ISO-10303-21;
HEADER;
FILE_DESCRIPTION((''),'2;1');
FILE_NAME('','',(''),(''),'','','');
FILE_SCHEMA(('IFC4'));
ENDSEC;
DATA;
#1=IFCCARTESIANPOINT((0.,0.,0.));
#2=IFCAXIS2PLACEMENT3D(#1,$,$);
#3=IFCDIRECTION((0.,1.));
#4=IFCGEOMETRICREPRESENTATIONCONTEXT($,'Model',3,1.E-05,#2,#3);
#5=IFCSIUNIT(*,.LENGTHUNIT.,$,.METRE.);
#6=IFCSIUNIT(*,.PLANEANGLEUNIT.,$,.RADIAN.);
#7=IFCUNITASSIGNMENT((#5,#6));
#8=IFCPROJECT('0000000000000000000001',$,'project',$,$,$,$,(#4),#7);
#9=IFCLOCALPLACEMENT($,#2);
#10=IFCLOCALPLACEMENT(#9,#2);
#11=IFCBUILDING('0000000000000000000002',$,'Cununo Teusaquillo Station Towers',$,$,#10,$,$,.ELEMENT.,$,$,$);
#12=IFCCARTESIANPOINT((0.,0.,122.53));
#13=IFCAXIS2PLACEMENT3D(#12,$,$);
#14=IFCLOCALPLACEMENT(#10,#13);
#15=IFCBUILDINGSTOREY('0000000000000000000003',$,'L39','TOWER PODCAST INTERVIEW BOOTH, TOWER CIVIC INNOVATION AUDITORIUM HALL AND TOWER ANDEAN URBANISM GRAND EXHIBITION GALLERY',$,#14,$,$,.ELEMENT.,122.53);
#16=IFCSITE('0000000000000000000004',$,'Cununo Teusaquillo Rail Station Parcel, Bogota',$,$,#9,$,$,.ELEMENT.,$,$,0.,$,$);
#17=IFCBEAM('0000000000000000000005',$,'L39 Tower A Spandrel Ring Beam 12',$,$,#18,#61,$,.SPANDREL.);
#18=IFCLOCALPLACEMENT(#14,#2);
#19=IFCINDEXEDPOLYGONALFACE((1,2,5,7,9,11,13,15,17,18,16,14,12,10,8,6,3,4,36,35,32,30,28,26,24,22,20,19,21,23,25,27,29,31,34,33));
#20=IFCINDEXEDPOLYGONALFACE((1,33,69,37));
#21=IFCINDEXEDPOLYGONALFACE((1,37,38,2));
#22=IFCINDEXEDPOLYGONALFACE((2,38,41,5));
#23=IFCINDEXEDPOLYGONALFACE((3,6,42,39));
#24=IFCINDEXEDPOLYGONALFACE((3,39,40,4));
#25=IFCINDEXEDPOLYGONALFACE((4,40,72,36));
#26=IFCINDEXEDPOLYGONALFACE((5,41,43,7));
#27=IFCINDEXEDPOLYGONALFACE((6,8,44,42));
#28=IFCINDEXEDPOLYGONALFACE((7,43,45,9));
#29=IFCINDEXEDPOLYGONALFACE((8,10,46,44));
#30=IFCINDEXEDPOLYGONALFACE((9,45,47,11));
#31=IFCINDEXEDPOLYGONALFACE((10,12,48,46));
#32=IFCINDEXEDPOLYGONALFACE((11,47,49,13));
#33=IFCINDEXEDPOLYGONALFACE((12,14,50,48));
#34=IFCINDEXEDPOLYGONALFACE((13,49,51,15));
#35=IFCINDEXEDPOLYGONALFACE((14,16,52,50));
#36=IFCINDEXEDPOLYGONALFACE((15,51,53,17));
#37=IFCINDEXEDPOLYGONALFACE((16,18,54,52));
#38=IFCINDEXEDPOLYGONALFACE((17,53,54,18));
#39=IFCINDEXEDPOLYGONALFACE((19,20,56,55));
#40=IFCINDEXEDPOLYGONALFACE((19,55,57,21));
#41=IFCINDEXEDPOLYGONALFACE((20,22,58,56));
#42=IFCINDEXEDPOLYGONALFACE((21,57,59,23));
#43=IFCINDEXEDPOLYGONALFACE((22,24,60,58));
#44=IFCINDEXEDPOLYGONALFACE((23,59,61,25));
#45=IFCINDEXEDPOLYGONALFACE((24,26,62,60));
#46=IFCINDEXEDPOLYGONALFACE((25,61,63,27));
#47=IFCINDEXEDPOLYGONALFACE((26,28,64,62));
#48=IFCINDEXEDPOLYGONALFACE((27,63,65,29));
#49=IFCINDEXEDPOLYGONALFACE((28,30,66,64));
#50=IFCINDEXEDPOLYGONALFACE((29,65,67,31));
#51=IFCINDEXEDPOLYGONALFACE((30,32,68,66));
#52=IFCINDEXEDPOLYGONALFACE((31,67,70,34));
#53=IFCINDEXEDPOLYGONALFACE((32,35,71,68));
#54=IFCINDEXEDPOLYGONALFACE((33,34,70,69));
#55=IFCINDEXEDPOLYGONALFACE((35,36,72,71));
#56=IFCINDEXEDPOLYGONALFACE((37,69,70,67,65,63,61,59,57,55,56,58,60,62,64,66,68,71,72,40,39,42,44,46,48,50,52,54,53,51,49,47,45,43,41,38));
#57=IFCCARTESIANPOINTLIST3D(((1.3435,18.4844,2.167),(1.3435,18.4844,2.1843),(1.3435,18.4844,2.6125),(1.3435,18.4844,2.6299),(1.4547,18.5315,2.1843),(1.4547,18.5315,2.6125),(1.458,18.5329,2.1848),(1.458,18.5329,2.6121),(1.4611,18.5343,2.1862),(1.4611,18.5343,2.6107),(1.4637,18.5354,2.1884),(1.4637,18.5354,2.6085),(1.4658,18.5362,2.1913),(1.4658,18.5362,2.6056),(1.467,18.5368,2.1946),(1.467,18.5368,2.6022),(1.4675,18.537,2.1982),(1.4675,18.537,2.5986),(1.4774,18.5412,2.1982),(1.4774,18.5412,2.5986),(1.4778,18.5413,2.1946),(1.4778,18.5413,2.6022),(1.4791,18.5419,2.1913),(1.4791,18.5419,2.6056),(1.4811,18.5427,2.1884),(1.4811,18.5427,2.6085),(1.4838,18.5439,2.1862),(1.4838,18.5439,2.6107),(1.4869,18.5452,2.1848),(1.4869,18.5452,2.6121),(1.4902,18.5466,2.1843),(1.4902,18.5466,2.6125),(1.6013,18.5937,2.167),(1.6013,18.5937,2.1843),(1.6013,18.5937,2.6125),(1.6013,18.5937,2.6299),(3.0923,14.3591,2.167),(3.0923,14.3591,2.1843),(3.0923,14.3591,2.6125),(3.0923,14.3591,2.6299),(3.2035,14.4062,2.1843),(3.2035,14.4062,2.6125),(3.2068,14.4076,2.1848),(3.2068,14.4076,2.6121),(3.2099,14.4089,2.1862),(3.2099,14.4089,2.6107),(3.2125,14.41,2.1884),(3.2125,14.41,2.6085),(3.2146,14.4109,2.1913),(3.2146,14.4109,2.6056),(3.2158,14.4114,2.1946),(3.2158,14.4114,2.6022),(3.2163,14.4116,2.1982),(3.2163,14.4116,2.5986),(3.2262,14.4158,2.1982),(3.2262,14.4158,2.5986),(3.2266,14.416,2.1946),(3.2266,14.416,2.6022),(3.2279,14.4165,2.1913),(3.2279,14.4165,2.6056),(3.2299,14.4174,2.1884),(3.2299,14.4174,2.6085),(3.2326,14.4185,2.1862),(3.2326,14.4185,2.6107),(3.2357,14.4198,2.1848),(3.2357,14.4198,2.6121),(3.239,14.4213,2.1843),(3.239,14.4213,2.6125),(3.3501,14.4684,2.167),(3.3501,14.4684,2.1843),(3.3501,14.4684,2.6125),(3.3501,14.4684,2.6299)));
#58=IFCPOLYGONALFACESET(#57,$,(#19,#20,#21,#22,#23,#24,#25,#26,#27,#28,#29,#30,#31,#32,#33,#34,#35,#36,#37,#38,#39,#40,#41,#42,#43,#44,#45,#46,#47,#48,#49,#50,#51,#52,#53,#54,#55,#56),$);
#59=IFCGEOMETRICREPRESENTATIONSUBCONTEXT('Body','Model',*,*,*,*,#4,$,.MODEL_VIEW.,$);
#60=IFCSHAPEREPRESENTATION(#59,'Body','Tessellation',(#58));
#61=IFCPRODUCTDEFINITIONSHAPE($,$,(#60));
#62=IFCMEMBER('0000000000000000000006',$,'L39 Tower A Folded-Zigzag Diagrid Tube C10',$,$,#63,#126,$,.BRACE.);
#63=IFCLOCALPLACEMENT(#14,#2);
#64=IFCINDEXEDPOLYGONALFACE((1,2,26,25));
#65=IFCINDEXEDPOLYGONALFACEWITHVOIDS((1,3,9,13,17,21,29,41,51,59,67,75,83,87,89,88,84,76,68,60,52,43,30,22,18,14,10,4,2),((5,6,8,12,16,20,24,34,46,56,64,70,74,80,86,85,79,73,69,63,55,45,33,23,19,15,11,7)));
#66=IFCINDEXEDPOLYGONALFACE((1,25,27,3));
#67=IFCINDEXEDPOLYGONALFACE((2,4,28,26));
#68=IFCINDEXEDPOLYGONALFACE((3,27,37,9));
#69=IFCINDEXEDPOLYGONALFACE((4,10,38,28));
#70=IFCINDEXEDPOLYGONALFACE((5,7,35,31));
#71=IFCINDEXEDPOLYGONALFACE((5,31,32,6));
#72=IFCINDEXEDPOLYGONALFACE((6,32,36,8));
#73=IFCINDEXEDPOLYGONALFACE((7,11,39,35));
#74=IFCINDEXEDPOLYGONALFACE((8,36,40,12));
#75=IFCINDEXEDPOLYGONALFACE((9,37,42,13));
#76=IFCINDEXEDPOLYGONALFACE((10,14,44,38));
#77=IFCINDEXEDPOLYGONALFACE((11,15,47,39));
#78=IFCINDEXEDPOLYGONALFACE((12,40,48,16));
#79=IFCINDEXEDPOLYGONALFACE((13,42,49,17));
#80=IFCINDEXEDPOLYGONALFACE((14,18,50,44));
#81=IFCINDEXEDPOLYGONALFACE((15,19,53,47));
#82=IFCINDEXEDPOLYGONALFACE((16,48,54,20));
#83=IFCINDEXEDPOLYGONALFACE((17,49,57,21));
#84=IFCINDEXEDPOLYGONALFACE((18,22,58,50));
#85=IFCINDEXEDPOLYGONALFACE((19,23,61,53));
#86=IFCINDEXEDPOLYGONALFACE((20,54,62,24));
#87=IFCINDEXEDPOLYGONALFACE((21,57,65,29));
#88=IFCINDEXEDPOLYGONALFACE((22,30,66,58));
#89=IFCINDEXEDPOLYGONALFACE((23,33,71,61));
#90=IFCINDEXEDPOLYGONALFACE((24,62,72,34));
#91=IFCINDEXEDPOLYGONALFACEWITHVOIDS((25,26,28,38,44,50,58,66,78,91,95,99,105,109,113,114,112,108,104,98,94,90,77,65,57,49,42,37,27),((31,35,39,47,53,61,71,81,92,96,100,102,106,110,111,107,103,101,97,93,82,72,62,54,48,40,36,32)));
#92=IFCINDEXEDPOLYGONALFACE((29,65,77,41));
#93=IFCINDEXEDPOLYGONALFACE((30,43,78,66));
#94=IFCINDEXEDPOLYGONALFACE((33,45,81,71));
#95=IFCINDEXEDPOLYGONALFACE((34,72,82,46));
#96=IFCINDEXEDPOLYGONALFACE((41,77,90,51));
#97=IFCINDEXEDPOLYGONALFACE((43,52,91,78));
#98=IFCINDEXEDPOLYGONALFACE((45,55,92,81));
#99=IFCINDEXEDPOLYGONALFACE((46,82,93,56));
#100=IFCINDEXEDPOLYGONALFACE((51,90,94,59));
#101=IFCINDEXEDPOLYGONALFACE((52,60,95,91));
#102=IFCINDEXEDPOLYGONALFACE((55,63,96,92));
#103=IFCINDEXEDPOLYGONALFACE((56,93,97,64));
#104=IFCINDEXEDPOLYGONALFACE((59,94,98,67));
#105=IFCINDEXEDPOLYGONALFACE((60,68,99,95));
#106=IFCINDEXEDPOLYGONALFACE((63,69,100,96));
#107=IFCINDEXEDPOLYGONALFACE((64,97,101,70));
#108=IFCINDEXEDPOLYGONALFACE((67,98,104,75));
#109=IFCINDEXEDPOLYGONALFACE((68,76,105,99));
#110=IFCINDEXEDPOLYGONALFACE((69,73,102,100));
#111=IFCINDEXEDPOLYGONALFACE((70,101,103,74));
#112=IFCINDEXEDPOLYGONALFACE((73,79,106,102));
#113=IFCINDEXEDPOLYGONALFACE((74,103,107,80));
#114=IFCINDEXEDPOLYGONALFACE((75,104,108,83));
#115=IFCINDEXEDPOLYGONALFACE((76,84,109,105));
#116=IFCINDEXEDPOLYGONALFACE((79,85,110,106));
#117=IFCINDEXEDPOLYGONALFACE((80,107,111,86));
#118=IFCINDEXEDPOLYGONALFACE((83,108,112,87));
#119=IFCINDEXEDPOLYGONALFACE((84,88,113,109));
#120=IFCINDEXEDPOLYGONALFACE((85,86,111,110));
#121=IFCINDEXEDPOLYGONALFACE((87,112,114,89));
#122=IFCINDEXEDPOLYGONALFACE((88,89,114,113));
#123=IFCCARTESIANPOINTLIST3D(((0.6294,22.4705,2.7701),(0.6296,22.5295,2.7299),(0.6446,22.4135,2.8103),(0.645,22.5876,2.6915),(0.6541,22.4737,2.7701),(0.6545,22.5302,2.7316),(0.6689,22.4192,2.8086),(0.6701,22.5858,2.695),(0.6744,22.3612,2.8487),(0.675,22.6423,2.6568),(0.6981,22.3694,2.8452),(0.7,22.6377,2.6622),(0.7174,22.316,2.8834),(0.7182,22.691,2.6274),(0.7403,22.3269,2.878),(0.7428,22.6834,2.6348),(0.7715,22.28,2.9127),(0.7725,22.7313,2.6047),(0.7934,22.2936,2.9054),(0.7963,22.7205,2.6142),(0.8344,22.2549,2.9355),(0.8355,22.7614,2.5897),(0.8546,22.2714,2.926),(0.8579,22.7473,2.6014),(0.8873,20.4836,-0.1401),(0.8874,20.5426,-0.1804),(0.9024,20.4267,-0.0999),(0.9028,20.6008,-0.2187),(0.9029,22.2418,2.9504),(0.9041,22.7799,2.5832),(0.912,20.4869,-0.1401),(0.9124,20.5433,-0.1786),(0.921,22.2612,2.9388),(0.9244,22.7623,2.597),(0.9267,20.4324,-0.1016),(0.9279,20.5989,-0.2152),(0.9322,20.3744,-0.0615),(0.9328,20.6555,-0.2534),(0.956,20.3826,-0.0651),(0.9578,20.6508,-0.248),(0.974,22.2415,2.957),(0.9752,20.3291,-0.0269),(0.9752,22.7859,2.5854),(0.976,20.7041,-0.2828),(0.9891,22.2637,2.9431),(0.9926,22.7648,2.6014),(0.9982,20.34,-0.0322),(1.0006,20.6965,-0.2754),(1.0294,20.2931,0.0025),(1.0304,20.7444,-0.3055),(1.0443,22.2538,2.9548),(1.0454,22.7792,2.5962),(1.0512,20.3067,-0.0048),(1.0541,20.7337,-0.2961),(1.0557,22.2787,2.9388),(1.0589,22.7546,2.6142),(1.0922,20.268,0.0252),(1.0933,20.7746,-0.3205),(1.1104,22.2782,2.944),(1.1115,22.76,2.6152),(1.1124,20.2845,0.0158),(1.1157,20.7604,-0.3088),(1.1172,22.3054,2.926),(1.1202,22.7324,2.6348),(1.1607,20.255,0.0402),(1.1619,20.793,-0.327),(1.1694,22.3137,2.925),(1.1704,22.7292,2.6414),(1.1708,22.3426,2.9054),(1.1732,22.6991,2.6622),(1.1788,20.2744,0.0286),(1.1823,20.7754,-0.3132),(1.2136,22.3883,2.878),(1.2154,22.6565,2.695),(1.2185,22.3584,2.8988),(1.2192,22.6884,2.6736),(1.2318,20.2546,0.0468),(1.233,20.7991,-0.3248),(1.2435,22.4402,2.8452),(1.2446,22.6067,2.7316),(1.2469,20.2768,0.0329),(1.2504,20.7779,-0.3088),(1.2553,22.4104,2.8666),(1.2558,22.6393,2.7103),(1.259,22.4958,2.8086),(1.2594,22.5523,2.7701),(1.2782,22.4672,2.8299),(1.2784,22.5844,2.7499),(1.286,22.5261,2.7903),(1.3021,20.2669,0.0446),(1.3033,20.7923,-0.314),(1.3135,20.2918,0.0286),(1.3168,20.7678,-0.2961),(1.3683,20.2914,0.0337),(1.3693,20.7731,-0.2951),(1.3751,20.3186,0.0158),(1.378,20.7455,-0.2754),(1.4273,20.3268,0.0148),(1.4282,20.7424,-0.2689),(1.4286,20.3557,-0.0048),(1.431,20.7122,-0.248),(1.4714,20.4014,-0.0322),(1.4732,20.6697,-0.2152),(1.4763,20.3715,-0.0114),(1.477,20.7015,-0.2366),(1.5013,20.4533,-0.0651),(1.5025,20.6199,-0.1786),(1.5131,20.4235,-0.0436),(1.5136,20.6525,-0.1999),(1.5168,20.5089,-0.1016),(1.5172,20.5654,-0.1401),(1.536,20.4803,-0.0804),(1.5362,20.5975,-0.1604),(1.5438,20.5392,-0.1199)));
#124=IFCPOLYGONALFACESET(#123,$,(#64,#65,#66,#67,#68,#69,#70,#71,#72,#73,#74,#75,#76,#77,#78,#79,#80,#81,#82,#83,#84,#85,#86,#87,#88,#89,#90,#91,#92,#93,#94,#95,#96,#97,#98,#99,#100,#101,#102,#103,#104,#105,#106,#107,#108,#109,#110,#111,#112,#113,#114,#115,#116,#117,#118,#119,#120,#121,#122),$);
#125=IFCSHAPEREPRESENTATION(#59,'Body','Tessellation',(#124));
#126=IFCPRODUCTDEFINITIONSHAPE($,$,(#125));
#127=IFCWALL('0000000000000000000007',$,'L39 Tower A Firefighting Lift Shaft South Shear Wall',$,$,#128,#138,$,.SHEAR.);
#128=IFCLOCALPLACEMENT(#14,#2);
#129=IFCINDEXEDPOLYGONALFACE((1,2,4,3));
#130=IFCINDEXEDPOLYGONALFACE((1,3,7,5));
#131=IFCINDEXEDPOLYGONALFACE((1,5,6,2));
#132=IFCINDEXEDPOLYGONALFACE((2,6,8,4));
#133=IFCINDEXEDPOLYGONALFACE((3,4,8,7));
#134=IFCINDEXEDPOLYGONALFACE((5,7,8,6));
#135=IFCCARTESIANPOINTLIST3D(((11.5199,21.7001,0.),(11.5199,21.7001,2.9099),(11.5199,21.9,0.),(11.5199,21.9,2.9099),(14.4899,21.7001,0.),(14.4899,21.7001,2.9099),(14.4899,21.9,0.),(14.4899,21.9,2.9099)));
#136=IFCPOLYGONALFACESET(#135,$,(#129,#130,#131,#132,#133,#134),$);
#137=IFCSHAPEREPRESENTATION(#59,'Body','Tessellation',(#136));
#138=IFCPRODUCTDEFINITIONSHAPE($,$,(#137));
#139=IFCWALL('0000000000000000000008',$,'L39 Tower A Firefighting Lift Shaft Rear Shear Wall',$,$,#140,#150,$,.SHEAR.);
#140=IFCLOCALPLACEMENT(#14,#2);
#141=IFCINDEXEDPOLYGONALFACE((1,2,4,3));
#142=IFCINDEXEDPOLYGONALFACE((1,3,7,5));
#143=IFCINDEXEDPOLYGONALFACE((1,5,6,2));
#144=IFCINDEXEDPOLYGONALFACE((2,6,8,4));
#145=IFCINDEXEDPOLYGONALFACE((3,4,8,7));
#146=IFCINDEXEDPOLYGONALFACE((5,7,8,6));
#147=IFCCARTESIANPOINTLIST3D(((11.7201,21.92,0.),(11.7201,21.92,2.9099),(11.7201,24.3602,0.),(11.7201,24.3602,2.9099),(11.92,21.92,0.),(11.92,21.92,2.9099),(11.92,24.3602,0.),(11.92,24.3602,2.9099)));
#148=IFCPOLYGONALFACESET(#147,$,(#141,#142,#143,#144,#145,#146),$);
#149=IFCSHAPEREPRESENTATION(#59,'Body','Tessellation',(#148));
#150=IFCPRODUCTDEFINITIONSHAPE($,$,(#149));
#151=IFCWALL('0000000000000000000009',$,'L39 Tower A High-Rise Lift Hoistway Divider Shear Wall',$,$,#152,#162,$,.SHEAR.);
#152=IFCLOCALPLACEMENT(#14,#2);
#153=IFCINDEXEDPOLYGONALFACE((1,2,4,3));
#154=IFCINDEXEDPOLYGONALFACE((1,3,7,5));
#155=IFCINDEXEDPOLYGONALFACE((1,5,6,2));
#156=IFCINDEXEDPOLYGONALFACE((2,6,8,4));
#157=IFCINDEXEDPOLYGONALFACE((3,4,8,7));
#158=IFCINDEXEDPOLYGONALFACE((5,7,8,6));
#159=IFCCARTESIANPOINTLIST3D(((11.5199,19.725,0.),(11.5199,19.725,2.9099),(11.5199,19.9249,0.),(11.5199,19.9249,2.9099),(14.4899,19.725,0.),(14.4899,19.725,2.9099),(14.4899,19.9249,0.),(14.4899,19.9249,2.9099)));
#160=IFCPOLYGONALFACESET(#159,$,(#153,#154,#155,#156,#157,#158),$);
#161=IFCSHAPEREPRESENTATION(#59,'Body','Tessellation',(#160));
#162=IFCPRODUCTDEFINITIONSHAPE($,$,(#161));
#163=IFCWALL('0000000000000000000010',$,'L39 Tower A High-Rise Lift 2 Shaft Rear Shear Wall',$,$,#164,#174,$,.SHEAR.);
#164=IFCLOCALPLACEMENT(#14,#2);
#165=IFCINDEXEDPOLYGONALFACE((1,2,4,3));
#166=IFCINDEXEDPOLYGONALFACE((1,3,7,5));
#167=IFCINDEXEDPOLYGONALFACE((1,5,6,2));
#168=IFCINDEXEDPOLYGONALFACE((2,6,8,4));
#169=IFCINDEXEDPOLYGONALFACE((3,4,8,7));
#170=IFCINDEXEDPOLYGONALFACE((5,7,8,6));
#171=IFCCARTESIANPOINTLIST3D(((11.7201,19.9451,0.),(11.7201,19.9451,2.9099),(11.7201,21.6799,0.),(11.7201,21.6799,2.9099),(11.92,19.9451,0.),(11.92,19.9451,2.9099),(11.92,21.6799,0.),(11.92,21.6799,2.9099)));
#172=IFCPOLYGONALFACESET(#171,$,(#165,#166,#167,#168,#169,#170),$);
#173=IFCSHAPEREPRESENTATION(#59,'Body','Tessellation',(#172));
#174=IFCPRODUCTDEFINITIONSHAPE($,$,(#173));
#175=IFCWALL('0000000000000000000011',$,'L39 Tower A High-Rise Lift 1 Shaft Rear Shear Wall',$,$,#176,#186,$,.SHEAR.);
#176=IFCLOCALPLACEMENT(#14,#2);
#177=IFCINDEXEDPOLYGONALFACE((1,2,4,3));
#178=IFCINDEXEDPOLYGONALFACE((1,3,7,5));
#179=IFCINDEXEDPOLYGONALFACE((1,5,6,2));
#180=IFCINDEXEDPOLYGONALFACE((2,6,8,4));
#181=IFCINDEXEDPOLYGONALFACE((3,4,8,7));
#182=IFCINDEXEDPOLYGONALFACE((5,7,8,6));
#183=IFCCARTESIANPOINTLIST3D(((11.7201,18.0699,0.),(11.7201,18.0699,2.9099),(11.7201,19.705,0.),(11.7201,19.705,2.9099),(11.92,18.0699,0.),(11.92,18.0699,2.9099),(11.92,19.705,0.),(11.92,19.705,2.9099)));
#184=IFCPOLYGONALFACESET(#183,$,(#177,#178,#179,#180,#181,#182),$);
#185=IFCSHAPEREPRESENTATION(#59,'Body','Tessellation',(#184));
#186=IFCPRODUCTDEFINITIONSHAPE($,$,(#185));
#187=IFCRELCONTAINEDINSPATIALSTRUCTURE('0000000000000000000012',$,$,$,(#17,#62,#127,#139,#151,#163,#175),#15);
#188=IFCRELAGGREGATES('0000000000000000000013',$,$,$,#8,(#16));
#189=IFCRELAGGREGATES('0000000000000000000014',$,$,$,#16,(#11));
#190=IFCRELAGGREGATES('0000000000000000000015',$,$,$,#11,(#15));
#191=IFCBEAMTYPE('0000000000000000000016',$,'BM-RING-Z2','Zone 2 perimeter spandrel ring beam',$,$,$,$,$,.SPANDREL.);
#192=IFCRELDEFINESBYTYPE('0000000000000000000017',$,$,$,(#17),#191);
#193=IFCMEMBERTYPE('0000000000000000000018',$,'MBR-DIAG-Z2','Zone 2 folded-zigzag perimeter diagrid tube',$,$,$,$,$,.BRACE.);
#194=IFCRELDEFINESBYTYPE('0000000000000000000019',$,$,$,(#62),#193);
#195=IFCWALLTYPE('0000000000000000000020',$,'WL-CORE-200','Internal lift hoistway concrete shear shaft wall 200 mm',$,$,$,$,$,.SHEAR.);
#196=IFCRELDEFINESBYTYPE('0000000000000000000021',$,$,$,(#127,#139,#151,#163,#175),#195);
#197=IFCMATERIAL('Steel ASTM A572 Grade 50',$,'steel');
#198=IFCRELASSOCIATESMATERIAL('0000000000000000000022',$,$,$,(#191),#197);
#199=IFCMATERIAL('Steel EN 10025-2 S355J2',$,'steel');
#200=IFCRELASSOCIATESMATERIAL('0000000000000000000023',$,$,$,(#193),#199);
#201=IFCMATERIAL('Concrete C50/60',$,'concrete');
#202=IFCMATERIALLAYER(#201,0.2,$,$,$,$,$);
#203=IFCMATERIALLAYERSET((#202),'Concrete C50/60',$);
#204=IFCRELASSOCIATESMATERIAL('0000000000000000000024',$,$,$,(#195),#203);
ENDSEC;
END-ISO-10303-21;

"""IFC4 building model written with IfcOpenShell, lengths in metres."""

from ifc_helpers import new_model, si_unit, direction, frame, frame_2d, origin, origin_2d, place, context, subcontext, project, spatial, rectangle, hollow_circle, i_section, extrude, material, layer, layer_set, material_profile, profile_set, type_object, element, save


model = new_model("IFC4")

# Units and contexts
model_context = context("Model", 3, precision=1e-05, world=origin(), true_north=direction((0.0, 1.0)))
body_context = subcontext(model_context, "Body", "Model", "MODEL_VIEW")
ifc_project = project(units=[si_unit("LENGTHUNIT", "METRE"), si_unit("PLANEANGLEUNIT", "RADIAN")], contexts=[model_context])

# Site, building, storey
site_placement = place(None, origin())
site = spatial("IfcSite", under=ifc_project, at=site_placement, Name="Cununo Teusaquillo Rail Station Parcel, Bogota", CompositionType="ELEMENT", RefElevation=0.0)
building_placement = place(site_placement, origin())
building = spatial("IfcBuilding", under=site, at=building_placement, Name="Cununo Teusaquillo Station Towers", CompositionType="ELEMENT")
storey_placement = place(building_placement, frame((0.0, 0.0, 122.53)))
storey = spatial("IfcBuildingStorey", under=building, at=storey_placement, Name="L39", Description="TOWER PODCAST INTERVIEW BOOTH, TOWER CIVIC INNOVATION AUDITORIUM HALL AND TOWER ANDEAN URBANISM GRAND EXHIBITION GALLERY", CompositionType="ELEMENT", Elevation=122.53)

# Beam
ifc_material_1 = material(Name="Steel ASTM A572 Grade 50", Category="steel")
ifc_material_profile_1 = material_profile(ifc_material_1, i_section(OverallWidth=0.28, OverallDepth=0.4629, WebThickness=0.0107, FlangeThickness=0.0173, FilletRadius=0.0139, at=origin_2d()), Name="W18X76")
ifc_profile_set_1 = profile_set([ifc_material_profile_1], Name="Steel ASTM A572 Grade 50")
beam_type_1 = type_object("IfcBeamType", Name="BM-RING-Z2", Description="Zone 2 perimeter spandrel ring beam", PredefinedType="SPANDREL", material=ifc_profile_set_1)
beam_1_placement = place(storey_placement, frame((1.4724, 18.5391, 2.3984), z_axis=(0.390299, -0.920688, 0.0), x_axis=(0.920688, 0.390299, 0.0)))
element("IfcBeam", 1, at=beam_1_placement, inside=storey, type_object=beam_type_1, Name="L39 Tower A Spandrel Ring Beam 12", PredefinedType="SPANDREL", context=body_context, shape_type="SweptSolid", body=[
    extrude(i_section(OverallWidth=0.28, OverallDepth=0.4629, WebThickness=0.0107, FlangeThickness=0.0173, FilletRadius=0.0139, at=origin_2d()), origin(), (0.0, 0.0, 1.0), 4.4807),
])

# Member
ifc_material_2 = material(Name="Steel EN 10025-2 S355J2", Category="steel")
ifc_material_profile_2 = material_profile(ifc_material_2, hollow_circle(Radius=0.3301, WallThickness=0.0249, at=origin_2d()), Name="CHS 660x25")
ifc_profile_set_2 = profile_set([ifc_material_profile_2], Name="Steel EN 10025-2 S355J2")
member_type = type_object("IfcMemberType", Name="MBR-DIAG-Z2", Description="Zone 2 folded-zigzag perimeter diagrid tube", PredefinedType="BRACE", material=ifc_profile_set_2)
member_placement = place(storey_placement, frame((1.2146, 20.5261, -0.1401), z_axis=(-0.07297, 0.562341, 0.82368), x_axis=(-0.991686, -0.128683, 0.0)))
element("IfcMember", 2, at=member_placement, inside=storey, type_object=member_type, Name="L39 Tower A Folded-Zigzag Diagrid Tube C10", PredefinedType="BRACE", context=body_context, shape_type="SweptSolid", body=[
    extrude(hollow_circle(Radius=0.3301, WallThickness=0.0249, at=origin_2d()), origin(), (0.0, 0.0, 1.0), 3.5332),
])

# Walls
ifc_material_3 = material(Name="Concrete C50/60", Category="concrete")
ifc_layer_1 = layer(ifc_material_3, 0.2)
ifc_layer_set_1 = layer_set([ifc_layer_1], Name="Concrete C50/60")
wall_type_1 = type_object("IfcWallType", Name="WL-CORE-200", Description="Internal lift hoistway concrete shear shaft wall 200 mm", PredefinedType="SHEAR", material=ifc_layer_set_1)
wall_1_placement = place(storey_placement, frame((11.52, 21.8, 0.0), z_axis=(0.0, 0.0, 1.0), x_axis=(1.0, 0.0, 0.0)))
element("IfcWall", 3, at=wall_1_placement, inside=storey, type_object=wall_type_1, Name="L39 Tower A Firefighting Lift Shaft South Shear Wall", PredefinedType="SHEAR", context=body_context, shape_type="SweptSolid", body=[
    extrude(rectangle(XDim=2.97, YDim=0.2, at=frame_2d((1.4849, 0.0))), origin(), (0.0, 0.0, 1.0), 2.9099),
])
wall_2_placement = place(storey_placement, frame((11.8201, 21.9199, 0.0), z_axis=(0.0, 0.0, 1.0), x_axis=(0.0, 1.0, 0.0)))
element("IfcWall", 4, at=wall_2_placement, inside=storey, type_object=wall_type_1, Name="L39 Tower A Firefighting Lift Shaft Rear Shear Wall", PredefinedType="SHEAR", context=body_context, shape_type="SweptSolid", body=[
    extrude(rectangle(XDim=2.4402, YDim=0.2, at=frame_2d((1.2202, 0.0))), origin(), (0.0, 0.0, 1.0), 2.9099),
])
wall_3_placement = place(storey_placement, frame((11.52, 19.825, 0.0), z_axis=(0.0, 0.0, 1.0), x_axis=(1.0, 0.0, 0.0)))
element("IfcWall", 5, at=wall_3_placement, inside=storey, type_object=wall_type_1, Name="L39 Tower A High-Rise Lift Hoistway Divider Shear Wall", PredefinedType="SHEAR", context=body_context, shape_type="SweptSolid", body=[
    extrude(rectangle(XDim=2.97, YDim=0.2, at=frame_2d((1.4849, 0.0))), origin(), (0.0, 0.0, 1.0), 2.9099),
])
wall_4_placement = place(storey_placement, frame((11.8201, 19.9451, 0.0), z_axis=(0.0, 0.0, 1.0), x_axis=(0.0, 1.0, 0.0)))
element("IfcWall", 6, at=wall_4_placement, inside=storey, type_object=wall_type_1, Name="L39 Tower A High-Rise Lift 2 Shaft Rear Shear Wall", PredefinedType="SHEAR", context=body_context, shape_type="SweptSolid", body=[
    extrude(rectangle(XDim=1.7349, YDim=0.2, at=frame_2d((0.8674, 0.0))), origin(), (0.0, 0.0, 1.0), 2.9099),
])
wall_5_placement = place(storey_placement, frame((11.8201, 18.0701, 0.0), z_axis=(0.0, 0.0, 1.0), x_axis=(0.0, 1.0, 0.0)))
element("IfcWall", 7, at=wall_5_placement, inside=storey, type_object=wall_type_1, Name="L39 Tower A High-Rise Lift 1 Shaft Rear Shear Wall", PredefinedType="SHEAR", context=body_context, shape_type="SweptSolid", body=[
    extrude(rectangle(XDim=1.635, YDim=0.2, at=frame_2d((0.8174, 0.0))), origin(), (0.0, 0.0, 1.0), 2.9099),
])

save(model, "model.ifc")
